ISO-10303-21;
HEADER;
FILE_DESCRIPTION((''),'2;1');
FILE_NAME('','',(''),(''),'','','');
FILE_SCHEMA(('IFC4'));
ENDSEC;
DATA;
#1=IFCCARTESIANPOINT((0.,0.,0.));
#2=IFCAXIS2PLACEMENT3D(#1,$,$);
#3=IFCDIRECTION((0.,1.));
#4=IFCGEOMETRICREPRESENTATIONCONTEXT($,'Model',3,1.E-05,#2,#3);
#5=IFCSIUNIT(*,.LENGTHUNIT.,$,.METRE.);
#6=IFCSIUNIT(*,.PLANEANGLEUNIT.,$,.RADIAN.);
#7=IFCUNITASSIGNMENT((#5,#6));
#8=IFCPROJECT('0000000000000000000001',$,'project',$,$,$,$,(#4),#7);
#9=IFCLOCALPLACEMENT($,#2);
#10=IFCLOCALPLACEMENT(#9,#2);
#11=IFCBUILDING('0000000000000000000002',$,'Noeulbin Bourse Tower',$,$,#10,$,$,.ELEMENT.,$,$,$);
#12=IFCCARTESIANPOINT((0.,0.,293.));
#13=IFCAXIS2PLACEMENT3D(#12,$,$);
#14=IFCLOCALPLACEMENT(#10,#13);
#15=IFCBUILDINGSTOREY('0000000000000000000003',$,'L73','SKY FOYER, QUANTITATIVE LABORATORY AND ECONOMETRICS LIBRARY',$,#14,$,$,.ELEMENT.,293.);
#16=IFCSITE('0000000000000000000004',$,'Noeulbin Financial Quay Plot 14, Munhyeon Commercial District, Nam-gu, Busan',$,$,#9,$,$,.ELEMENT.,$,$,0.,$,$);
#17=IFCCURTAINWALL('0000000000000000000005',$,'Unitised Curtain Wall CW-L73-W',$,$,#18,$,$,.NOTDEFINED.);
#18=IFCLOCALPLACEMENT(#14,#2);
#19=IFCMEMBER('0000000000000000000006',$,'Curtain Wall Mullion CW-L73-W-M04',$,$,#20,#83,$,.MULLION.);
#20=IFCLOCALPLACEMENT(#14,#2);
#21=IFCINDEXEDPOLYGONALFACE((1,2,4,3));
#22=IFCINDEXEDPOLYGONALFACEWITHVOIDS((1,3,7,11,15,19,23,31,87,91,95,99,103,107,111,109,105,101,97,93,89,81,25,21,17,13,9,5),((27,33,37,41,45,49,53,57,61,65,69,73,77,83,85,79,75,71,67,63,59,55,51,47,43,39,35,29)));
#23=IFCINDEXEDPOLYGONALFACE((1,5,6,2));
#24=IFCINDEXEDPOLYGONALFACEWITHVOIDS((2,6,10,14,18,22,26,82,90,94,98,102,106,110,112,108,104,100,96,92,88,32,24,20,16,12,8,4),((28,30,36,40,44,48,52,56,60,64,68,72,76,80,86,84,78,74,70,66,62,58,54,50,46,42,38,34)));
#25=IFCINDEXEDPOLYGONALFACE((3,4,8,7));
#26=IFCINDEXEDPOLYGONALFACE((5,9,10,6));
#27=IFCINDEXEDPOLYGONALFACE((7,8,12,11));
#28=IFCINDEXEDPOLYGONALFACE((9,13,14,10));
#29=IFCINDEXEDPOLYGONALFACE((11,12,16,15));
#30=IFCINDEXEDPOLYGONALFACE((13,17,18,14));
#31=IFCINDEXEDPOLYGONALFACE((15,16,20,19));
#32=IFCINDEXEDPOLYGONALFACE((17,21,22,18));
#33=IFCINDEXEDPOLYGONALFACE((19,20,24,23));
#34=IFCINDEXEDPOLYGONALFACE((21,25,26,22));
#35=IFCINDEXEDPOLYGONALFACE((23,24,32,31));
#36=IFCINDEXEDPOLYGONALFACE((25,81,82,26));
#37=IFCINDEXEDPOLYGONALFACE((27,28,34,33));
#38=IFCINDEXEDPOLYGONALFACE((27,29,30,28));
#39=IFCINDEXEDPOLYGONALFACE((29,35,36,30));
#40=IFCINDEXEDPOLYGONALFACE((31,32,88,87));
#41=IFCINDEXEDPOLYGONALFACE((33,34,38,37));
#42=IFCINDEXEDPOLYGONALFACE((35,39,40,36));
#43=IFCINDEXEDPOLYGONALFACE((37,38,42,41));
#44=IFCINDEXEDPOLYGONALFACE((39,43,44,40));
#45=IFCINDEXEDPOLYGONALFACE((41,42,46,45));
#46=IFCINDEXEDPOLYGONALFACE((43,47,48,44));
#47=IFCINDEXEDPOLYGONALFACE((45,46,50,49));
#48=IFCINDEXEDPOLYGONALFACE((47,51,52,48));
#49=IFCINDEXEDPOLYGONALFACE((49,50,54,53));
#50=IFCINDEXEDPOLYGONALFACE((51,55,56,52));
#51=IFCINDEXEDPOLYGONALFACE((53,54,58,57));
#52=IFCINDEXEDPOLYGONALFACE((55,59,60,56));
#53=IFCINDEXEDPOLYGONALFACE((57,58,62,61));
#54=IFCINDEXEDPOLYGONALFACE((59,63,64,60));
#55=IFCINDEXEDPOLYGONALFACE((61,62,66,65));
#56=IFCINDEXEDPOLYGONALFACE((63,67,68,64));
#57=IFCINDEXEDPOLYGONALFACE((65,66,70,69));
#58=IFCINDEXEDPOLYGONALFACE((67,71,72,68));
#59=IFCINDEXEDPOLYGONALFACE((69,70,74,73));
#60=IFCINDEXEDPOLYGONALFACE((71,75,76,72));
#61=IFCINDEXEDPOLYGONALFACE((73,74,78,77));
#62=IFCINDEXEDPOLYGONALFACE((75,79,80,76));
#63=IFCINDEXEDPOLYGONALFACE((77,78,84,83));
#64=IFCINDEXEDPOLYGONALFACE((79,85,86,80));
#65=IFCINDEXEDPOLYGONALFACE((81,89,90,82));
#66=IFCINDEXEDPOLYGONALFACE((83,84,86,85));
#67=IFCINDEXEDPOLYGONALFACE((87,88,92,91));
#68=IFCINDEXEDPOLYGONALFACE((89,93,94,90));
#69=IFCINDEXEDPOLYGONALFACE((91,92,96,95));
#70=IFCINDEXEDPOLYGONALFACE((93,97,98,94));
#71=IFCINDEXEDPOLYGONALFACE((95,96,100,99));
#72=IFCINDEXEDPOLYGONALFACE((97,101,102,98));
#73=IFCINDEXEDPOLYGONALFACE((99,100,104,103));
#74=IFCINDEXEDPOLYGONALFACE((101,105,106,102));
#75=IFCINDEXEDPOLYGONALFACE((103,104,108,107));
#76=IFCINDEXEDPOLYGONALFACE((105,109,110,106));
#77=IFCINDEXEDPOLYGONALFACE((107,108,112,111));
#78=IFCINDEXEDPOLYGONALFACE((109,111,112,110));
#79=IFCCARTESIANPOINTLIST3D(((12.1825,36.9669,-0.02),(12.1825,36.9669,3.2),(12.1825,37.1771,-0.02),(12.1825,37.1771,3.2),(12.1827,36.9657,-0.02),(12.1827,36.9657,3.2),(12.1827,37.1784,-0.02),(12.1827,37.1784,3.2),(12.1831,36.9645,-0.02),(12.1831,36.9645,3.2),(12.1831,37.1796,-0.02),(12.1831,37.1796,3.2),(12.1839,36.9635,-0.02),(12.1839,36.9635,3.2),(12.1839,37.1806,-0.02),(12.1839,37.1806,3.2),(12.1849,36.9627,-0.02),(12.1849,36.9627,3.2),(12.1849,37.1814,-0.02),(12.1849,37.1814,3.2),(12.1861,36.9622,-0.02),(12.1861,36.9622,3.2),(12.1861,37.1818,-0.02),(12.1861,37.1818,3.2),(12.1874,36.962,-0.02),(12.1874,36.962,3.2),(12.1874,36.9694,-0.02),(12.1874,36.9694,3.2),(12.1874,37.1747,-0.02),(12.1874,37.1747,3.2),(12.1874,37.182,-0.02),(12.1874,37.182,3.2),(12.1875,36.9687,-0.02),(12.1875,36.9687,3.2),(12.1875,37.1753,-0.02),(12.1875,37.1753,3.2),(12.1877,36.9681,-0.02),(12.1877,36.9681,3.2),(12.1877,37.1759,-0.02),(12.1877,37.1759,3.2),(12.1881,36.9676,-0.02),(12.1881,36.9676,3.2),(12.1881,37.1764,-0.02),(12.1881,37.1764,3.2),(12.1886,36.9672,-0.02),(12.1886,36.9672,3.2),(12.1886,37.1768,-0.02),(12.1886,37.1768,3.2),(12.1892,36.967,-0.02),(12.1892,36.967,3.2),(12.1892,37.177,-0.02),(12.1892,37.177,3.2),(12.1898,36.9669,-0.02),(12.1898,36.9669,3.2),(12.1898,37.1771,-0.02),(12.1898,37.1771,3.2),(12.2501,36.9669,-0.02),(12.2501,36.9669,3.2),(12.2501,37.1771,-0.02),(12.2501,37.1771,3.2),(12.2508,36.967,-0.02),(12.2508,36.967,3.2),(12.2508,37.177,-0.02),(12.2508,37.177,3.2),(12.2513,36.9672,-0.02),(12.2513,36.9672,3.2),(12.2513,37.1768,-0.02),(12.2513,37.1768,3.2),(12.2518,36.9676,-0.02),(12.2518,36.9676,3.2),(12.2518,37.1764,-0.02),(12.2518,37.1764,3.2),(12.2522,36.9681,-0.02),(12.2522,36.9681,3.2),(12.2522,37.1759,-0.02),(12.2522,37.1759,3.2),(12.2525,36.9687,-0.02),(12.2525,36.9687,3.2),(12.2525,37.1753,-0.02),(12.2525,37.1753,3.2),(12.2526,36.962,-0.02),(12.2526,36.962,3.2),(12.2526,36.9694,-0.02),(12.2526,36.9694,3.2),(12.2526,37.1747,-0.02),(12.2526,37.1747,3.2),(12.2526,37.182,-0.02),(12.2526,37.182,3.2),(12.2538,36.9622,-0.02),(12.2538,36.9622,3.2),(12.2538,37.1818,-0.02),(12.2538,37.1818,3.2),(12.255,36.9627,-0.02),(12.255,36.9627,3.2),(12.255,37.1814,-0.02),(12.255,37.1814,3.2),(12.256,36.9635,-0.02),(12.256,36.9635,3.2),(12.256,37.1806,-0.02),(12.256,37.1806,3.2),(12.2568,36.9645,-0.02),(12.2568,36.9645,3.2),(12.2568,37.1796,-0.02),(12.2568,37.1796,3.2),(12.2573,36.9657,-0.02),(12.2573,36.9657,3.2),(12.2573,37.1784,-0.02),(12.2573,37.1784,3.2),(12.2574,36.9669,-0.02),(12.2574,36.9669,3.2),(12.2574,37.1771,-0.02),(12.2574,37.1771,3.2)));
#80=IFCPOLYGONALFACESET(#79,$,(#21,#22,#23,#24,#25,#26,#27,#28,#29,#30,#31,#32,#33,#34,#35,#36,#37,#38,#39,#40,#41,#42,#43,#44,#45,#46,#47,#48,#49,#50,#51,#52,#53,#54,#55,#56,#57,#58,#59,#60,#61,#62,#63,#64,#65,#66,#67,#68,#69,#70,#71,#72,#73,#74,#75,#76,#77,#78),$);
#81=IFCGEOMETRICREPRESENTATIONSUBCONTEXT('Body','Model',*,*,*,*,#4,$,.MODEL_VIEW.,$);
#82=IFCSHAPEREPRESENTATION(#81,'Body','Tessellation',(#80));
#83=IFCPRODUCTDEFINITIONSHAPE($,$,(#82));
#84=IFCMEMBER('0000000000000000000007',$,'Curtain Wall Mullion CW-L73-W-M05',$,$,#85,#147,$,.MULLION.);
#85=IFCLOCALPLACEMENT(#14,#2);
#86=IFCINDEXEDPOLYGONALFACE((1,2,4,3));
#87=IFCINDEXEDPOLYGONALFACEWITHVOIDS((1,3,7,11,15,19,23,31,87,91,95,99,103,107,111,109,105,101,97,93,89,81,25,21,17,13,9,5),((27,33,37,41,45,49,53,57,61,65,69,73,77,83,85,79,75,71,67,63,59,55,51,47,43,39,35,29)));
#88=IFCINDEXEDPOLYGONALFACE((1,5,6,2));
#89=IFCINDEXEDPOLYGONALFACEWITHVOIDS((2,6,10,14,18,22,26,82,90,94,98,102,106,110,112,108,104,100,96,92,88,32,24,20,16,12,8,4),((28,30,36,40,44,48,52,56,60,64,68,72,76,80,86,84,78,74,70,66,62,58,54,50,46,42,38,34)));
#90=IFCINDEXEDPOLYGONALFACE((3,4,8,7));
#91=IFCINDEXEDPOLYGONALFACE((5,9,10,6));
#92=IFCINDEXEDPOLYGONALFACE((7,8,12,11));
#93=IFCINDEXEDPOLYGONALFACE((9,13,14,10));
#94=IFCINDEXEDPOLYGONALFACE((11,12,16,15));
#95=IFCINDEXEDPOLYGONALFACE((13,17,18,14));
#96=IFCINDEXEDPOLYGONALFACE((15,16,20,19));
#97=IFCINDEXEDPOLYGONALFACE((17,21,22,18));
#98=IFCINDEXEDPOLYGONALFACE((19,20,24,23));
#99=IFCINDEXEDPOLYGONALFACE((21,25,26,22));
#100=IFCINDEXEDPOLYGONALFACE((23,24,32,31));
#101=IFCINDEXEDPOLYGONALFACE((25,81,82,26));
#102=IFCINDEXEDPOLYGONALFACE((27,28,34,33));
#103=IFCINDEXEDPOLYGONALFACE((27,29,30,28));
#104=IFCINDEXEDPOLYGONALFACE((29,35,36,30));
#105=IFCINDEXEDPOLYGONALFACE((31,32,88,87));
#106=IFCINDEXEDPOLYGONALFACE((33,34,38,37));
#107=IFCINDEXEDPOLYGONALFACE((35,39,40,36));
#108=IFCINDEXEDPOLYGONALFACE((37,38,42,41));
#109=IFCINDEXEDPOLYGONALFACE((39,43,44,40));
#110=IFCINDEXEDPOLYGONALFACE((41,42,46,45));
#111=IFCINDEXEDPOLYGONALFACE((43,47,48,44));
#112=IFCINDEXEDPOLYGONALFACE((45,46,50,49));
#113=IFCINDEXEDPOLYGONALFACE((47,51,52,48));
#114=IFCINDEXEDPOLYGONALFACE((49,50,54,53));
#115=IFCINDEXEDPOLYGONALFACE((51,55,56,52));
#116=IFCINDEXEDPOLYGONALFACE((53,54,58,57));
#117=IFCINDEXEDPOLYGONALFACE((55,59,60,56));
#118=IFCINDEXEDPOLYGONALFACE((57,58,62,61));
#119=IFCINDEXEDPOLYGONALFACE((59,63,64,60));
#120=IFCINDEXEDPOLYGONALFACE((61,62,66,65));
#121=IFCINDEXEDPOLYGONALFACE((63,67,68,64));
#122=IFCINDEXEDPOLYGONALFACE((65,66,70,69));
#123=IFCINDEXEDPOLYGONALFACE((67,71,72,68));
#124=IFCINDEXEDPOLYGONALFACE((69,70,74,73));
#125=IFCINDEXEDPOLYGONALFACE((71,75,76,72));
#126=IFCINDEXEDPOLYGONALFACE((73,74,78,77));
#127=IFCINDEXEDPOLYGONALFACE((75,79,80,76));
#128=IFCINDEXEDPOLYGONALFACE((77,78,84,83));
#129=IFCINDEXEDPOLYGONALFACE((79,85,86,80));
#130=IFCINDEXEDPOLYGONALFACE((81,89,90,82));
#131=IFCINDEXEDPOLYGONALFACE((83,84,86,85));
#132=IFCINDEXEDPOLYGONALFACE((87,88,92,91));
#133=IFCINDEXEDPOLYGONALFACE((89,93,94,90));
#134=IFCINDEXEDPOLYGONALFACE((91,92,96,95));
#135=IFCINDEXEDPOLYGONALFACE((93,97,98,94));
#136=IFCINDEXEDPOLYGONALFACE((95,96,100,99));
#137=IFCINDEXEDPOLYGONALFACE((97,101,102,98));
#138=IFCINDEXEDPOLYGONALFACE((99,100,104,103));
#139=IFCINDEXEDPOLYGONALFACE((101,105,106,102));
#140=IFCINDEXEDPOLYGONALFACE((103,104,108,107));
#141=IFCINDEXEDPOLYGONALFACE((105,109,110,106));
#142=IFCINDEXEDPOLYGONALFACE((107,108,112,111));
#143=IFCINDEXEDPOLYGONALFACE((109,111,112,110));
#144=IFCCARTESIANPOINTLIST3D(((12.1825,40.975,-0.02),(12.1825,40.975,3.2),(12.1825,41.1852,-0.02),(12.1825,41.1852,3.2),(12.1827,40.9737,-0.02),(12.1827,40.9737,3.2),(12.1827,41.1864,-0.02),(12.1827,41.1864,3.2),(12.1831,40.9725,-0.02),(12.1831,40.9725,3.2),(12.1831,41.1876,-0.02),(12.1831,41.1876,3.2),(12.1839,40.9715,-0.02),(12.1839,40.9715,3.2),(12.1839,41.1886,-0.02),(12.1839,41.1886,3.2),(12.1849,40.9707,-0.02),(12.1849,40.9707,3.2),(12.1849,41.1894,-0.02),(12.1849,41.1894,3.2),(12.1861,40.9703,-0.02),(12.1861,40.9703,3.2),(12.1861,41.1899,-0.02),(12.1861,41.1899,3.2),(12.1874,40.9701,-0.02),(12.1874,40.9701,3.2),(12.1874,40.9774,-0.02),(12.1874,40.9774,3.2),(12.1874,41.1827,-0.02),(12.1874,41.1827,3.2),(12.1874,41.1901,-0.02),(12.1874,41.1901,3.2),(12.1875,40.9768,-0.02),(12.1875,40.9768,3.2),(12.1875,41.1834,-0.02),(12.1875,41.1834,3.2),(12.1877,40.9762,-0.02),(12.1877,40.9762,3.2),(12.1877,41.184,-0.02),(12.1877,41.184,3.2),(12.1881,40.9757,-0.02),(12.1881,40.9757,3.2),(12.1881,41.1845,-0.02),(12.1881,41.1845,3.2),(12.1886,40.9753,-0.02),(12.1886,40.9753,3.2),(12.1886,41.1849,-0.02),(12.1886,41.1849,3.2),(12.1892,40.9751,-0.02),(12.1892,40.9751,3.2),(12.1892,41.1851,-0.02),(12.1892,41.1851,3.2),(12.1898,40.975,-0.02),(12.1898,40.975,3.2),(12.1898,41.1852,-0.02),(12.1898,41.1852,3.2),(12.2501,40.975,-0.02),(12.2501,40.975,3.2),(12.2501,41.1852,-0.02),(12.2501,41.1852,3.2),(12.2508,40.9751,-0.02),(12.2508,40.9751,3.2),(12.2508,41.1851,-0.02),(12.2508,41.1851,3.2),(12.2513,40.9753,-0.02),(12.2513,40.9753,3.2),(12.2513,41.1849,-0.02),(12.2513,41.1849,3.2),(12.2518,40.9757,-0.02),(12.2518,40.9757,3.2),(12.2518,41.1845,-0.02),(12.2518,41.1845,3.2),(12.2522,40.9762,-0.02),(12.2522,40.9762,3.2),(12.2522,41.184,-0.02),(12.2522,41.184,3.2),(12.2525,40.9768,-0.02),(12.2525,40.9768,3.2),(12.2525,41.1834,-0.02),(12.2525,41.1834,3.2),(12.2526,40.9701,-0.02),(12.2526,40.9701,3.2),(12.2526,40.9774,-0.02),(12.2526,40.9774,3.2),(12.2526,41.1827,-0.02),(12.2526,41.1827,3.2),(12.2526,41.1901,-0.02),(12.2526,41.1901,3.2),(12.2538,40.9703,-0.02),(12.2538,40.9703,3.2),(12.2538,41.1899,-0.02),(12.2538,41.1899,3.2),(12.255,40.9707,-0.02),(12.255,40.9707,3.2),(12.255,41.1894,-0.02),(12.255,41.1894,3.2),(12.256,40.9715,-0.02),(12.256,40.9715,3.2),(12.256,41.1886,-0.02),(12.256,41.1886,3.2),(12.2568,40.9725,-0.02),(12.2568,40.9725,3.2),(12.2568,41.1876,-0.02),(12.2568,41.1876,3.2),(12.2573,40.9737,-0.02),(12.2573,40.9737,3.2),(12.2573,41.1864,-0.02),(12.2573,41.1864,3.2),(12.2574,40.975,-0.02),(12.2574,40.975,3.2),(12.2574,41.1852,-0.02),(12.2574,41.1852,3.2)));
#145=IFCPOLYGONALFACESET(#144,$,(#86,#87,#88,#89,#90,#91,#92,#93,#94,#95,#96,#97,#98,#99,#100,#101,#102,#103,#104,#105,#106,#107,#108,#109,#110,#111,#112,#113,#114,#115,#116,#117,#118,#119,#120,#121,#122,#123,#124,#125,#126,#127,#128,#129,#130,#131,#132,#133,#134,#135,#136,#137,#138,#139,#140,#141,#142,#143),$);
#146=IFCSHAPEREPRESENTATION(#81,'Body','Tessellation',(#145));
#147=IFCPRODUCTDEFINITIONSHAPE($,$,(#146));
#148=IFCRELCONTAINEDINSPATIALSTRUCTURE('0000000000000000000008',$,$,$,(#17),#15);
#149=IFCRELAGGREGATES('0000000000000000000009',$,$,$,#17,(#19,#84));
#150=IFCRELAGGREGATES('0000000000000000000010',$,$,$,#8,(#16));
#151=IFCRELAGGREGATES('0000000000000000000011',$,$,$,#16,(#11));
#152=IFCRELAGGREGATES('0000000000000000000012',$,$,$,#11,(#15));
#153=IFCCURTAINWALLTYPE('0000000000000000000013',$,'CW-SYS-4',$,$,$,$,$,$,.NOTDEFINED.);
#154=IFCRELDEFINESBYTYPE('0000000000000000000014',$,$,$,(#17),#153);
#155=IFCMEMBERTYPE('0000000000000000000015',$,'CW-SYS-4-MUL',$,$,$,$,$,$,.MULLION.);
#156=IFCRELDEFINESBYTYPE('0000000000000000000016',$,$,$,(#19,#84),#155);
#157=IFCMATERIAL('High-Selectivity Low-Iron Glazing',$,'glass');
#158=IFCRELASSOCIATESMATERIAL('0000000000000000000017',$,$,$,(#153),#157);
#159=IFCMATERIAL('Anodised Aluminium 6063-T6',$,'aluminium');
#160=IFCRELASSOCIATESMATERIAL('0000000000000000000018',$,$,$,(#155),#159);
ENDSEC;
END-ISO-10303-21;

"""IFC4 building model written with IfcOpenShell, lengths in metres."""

from ifc_helpers import new_model, si_unit, direction, frame, origin, origin_2d, place, context, subcontext, project, spatial, hollow_rectangle, extrude, material, material_profile, profile_set, type_object, element, aggregate, save


model = new_model("IFC4")

# Units and contexts
model_context = context("Model", 3, precision=1e-05, world=origin(), true_north=direction((0.0, 1.0)))
body_context = subcontext(model_context, "Body", "Model", "MODEL_VIEW")
ifc_project = project(units=[si_unit("LENGTHUNIT", "METRE"), si_unit("PLANEANGLEUNIT", "RADIAN")], contexts=[model_context])

# Site, building, storey
site_placement = place(None, origin())
site = spatial("IfcSite", under=ifc_project, at=site_placement, Name="Noeulbin Financial Quay Plot 14, Munhyeon Commercial District, Nam-gu, Busan", CompositionType="ELEMENT", RefElevation=0.0)
building_placement = place(site_placement, origin())
building = spatial("IfcBuilding", under=site, at=building_placement, Name="Noeulbin Bourse Tower", CompositionType="ELEMENT")
storey_placement = place(building_placement, frame((0.0, 0.0, 293.0)))
storey = spatial("IfcBuildingStorey", under=building, at=storey_placement, Name="L73", Description="SKY FOYER, QUANTITATIVE LABORATORY AND ECONOMETRICS LIBRARY", CompositionType="ELEMENT", Elevation=293.0)

# Shared definitions
ifc_material_1 = material(Name="High-Selectivity Low-Iron Glazing", Category="glass")
curtain_wall_type = type_object("IfcCurtainWallType", Name="CW-SYS-4", PredefinedType="NOTDEFINED", material=ifc_material_1)
ifc_material_2 = material(Name="Anodised Aluminium 6063-T6", Category="aluminium")
ifc_material_profile_1 = material_profile(ifc_material_2, hollow_rectangle(XDim=0.075, YDim=0.22, WallThickness=0.0049, InnerFilletRadius=0.0024, OuterFilletRadius=0.0049, at=origin_2d()), Name="ALU-MULL-75x220x5", Category="LoadBearing")
ifc_profile_set_1 = profile_set([ifc_material_profile_1], Name="Anodised Aluminium 6063-T6")
member_type_1 = type_object("IfcMemberType", Name="CW-SYS-4-MUL", PredefinedType="MULLION", material=ifc_profile_set_1)

# Curtain wall, members
curtain_wall_1_placement = place(storey_placement, origin())
curtain_wall_1 = element("IfcCurtainWall", 1, at=curtain_wall_1_placement, inside=storey, type_object=curtain_wall_type, Name="Unitised Curtain Wall CW-L73-W", PredefinedType="NOTDEFINED")
member_1_placement = place(storey_placement, frame((12.22, 37.072, -0.02), z_axis=(0.0, 0.0, 1.0), x_axis=(1.0, 0.0, 0.0)))
member_1 = element("IfcMember", 2, at=member_1_placement, type_object=member_type_1, Name="Curtain Wall Mullion CW-L73-W-M04", PredefinedType="MULLION", context=body_context, shape_type="SweptSolid", body=[
    extrude(hollow_rectangle(XDim=0.075, YDim=0.22, WallThickness=0.0049, InnerFilletRadius=0.0024, OuterFilletRadius=0.0049, at=origin_2d()), origin(), (0.0, 0.0, 1.0), 3.22),
])
member_2_placement = place(storey_placement, frame((12.22, 41.0801, -0.02), z_axis=(0.0, 0.0, 1.0), x_axis=(1.0, 0.0, 0.0)))
member_2 = element("IfcMember", 3, at=member_2_placement, type_object=member_type_1, Name="Curtain Wall Mullion CW-L73-W-M05", PredefinedType="MULLION", context=body_context, shape_type="SweptSolid", body=[
    extrude(hollow_rectangle(XDim=0.075, YDim=0.22, WallThickness=0.0049, InnerFilletRadius=0.0024, OuterFilletRadius=0.0049, at=origin_2d()), origin(), (0.0, 0.0, 1.0), 3.22),
])

aggregate(curtain_wall_1, [member_1, member_2])

save(model, "model.ifc")
